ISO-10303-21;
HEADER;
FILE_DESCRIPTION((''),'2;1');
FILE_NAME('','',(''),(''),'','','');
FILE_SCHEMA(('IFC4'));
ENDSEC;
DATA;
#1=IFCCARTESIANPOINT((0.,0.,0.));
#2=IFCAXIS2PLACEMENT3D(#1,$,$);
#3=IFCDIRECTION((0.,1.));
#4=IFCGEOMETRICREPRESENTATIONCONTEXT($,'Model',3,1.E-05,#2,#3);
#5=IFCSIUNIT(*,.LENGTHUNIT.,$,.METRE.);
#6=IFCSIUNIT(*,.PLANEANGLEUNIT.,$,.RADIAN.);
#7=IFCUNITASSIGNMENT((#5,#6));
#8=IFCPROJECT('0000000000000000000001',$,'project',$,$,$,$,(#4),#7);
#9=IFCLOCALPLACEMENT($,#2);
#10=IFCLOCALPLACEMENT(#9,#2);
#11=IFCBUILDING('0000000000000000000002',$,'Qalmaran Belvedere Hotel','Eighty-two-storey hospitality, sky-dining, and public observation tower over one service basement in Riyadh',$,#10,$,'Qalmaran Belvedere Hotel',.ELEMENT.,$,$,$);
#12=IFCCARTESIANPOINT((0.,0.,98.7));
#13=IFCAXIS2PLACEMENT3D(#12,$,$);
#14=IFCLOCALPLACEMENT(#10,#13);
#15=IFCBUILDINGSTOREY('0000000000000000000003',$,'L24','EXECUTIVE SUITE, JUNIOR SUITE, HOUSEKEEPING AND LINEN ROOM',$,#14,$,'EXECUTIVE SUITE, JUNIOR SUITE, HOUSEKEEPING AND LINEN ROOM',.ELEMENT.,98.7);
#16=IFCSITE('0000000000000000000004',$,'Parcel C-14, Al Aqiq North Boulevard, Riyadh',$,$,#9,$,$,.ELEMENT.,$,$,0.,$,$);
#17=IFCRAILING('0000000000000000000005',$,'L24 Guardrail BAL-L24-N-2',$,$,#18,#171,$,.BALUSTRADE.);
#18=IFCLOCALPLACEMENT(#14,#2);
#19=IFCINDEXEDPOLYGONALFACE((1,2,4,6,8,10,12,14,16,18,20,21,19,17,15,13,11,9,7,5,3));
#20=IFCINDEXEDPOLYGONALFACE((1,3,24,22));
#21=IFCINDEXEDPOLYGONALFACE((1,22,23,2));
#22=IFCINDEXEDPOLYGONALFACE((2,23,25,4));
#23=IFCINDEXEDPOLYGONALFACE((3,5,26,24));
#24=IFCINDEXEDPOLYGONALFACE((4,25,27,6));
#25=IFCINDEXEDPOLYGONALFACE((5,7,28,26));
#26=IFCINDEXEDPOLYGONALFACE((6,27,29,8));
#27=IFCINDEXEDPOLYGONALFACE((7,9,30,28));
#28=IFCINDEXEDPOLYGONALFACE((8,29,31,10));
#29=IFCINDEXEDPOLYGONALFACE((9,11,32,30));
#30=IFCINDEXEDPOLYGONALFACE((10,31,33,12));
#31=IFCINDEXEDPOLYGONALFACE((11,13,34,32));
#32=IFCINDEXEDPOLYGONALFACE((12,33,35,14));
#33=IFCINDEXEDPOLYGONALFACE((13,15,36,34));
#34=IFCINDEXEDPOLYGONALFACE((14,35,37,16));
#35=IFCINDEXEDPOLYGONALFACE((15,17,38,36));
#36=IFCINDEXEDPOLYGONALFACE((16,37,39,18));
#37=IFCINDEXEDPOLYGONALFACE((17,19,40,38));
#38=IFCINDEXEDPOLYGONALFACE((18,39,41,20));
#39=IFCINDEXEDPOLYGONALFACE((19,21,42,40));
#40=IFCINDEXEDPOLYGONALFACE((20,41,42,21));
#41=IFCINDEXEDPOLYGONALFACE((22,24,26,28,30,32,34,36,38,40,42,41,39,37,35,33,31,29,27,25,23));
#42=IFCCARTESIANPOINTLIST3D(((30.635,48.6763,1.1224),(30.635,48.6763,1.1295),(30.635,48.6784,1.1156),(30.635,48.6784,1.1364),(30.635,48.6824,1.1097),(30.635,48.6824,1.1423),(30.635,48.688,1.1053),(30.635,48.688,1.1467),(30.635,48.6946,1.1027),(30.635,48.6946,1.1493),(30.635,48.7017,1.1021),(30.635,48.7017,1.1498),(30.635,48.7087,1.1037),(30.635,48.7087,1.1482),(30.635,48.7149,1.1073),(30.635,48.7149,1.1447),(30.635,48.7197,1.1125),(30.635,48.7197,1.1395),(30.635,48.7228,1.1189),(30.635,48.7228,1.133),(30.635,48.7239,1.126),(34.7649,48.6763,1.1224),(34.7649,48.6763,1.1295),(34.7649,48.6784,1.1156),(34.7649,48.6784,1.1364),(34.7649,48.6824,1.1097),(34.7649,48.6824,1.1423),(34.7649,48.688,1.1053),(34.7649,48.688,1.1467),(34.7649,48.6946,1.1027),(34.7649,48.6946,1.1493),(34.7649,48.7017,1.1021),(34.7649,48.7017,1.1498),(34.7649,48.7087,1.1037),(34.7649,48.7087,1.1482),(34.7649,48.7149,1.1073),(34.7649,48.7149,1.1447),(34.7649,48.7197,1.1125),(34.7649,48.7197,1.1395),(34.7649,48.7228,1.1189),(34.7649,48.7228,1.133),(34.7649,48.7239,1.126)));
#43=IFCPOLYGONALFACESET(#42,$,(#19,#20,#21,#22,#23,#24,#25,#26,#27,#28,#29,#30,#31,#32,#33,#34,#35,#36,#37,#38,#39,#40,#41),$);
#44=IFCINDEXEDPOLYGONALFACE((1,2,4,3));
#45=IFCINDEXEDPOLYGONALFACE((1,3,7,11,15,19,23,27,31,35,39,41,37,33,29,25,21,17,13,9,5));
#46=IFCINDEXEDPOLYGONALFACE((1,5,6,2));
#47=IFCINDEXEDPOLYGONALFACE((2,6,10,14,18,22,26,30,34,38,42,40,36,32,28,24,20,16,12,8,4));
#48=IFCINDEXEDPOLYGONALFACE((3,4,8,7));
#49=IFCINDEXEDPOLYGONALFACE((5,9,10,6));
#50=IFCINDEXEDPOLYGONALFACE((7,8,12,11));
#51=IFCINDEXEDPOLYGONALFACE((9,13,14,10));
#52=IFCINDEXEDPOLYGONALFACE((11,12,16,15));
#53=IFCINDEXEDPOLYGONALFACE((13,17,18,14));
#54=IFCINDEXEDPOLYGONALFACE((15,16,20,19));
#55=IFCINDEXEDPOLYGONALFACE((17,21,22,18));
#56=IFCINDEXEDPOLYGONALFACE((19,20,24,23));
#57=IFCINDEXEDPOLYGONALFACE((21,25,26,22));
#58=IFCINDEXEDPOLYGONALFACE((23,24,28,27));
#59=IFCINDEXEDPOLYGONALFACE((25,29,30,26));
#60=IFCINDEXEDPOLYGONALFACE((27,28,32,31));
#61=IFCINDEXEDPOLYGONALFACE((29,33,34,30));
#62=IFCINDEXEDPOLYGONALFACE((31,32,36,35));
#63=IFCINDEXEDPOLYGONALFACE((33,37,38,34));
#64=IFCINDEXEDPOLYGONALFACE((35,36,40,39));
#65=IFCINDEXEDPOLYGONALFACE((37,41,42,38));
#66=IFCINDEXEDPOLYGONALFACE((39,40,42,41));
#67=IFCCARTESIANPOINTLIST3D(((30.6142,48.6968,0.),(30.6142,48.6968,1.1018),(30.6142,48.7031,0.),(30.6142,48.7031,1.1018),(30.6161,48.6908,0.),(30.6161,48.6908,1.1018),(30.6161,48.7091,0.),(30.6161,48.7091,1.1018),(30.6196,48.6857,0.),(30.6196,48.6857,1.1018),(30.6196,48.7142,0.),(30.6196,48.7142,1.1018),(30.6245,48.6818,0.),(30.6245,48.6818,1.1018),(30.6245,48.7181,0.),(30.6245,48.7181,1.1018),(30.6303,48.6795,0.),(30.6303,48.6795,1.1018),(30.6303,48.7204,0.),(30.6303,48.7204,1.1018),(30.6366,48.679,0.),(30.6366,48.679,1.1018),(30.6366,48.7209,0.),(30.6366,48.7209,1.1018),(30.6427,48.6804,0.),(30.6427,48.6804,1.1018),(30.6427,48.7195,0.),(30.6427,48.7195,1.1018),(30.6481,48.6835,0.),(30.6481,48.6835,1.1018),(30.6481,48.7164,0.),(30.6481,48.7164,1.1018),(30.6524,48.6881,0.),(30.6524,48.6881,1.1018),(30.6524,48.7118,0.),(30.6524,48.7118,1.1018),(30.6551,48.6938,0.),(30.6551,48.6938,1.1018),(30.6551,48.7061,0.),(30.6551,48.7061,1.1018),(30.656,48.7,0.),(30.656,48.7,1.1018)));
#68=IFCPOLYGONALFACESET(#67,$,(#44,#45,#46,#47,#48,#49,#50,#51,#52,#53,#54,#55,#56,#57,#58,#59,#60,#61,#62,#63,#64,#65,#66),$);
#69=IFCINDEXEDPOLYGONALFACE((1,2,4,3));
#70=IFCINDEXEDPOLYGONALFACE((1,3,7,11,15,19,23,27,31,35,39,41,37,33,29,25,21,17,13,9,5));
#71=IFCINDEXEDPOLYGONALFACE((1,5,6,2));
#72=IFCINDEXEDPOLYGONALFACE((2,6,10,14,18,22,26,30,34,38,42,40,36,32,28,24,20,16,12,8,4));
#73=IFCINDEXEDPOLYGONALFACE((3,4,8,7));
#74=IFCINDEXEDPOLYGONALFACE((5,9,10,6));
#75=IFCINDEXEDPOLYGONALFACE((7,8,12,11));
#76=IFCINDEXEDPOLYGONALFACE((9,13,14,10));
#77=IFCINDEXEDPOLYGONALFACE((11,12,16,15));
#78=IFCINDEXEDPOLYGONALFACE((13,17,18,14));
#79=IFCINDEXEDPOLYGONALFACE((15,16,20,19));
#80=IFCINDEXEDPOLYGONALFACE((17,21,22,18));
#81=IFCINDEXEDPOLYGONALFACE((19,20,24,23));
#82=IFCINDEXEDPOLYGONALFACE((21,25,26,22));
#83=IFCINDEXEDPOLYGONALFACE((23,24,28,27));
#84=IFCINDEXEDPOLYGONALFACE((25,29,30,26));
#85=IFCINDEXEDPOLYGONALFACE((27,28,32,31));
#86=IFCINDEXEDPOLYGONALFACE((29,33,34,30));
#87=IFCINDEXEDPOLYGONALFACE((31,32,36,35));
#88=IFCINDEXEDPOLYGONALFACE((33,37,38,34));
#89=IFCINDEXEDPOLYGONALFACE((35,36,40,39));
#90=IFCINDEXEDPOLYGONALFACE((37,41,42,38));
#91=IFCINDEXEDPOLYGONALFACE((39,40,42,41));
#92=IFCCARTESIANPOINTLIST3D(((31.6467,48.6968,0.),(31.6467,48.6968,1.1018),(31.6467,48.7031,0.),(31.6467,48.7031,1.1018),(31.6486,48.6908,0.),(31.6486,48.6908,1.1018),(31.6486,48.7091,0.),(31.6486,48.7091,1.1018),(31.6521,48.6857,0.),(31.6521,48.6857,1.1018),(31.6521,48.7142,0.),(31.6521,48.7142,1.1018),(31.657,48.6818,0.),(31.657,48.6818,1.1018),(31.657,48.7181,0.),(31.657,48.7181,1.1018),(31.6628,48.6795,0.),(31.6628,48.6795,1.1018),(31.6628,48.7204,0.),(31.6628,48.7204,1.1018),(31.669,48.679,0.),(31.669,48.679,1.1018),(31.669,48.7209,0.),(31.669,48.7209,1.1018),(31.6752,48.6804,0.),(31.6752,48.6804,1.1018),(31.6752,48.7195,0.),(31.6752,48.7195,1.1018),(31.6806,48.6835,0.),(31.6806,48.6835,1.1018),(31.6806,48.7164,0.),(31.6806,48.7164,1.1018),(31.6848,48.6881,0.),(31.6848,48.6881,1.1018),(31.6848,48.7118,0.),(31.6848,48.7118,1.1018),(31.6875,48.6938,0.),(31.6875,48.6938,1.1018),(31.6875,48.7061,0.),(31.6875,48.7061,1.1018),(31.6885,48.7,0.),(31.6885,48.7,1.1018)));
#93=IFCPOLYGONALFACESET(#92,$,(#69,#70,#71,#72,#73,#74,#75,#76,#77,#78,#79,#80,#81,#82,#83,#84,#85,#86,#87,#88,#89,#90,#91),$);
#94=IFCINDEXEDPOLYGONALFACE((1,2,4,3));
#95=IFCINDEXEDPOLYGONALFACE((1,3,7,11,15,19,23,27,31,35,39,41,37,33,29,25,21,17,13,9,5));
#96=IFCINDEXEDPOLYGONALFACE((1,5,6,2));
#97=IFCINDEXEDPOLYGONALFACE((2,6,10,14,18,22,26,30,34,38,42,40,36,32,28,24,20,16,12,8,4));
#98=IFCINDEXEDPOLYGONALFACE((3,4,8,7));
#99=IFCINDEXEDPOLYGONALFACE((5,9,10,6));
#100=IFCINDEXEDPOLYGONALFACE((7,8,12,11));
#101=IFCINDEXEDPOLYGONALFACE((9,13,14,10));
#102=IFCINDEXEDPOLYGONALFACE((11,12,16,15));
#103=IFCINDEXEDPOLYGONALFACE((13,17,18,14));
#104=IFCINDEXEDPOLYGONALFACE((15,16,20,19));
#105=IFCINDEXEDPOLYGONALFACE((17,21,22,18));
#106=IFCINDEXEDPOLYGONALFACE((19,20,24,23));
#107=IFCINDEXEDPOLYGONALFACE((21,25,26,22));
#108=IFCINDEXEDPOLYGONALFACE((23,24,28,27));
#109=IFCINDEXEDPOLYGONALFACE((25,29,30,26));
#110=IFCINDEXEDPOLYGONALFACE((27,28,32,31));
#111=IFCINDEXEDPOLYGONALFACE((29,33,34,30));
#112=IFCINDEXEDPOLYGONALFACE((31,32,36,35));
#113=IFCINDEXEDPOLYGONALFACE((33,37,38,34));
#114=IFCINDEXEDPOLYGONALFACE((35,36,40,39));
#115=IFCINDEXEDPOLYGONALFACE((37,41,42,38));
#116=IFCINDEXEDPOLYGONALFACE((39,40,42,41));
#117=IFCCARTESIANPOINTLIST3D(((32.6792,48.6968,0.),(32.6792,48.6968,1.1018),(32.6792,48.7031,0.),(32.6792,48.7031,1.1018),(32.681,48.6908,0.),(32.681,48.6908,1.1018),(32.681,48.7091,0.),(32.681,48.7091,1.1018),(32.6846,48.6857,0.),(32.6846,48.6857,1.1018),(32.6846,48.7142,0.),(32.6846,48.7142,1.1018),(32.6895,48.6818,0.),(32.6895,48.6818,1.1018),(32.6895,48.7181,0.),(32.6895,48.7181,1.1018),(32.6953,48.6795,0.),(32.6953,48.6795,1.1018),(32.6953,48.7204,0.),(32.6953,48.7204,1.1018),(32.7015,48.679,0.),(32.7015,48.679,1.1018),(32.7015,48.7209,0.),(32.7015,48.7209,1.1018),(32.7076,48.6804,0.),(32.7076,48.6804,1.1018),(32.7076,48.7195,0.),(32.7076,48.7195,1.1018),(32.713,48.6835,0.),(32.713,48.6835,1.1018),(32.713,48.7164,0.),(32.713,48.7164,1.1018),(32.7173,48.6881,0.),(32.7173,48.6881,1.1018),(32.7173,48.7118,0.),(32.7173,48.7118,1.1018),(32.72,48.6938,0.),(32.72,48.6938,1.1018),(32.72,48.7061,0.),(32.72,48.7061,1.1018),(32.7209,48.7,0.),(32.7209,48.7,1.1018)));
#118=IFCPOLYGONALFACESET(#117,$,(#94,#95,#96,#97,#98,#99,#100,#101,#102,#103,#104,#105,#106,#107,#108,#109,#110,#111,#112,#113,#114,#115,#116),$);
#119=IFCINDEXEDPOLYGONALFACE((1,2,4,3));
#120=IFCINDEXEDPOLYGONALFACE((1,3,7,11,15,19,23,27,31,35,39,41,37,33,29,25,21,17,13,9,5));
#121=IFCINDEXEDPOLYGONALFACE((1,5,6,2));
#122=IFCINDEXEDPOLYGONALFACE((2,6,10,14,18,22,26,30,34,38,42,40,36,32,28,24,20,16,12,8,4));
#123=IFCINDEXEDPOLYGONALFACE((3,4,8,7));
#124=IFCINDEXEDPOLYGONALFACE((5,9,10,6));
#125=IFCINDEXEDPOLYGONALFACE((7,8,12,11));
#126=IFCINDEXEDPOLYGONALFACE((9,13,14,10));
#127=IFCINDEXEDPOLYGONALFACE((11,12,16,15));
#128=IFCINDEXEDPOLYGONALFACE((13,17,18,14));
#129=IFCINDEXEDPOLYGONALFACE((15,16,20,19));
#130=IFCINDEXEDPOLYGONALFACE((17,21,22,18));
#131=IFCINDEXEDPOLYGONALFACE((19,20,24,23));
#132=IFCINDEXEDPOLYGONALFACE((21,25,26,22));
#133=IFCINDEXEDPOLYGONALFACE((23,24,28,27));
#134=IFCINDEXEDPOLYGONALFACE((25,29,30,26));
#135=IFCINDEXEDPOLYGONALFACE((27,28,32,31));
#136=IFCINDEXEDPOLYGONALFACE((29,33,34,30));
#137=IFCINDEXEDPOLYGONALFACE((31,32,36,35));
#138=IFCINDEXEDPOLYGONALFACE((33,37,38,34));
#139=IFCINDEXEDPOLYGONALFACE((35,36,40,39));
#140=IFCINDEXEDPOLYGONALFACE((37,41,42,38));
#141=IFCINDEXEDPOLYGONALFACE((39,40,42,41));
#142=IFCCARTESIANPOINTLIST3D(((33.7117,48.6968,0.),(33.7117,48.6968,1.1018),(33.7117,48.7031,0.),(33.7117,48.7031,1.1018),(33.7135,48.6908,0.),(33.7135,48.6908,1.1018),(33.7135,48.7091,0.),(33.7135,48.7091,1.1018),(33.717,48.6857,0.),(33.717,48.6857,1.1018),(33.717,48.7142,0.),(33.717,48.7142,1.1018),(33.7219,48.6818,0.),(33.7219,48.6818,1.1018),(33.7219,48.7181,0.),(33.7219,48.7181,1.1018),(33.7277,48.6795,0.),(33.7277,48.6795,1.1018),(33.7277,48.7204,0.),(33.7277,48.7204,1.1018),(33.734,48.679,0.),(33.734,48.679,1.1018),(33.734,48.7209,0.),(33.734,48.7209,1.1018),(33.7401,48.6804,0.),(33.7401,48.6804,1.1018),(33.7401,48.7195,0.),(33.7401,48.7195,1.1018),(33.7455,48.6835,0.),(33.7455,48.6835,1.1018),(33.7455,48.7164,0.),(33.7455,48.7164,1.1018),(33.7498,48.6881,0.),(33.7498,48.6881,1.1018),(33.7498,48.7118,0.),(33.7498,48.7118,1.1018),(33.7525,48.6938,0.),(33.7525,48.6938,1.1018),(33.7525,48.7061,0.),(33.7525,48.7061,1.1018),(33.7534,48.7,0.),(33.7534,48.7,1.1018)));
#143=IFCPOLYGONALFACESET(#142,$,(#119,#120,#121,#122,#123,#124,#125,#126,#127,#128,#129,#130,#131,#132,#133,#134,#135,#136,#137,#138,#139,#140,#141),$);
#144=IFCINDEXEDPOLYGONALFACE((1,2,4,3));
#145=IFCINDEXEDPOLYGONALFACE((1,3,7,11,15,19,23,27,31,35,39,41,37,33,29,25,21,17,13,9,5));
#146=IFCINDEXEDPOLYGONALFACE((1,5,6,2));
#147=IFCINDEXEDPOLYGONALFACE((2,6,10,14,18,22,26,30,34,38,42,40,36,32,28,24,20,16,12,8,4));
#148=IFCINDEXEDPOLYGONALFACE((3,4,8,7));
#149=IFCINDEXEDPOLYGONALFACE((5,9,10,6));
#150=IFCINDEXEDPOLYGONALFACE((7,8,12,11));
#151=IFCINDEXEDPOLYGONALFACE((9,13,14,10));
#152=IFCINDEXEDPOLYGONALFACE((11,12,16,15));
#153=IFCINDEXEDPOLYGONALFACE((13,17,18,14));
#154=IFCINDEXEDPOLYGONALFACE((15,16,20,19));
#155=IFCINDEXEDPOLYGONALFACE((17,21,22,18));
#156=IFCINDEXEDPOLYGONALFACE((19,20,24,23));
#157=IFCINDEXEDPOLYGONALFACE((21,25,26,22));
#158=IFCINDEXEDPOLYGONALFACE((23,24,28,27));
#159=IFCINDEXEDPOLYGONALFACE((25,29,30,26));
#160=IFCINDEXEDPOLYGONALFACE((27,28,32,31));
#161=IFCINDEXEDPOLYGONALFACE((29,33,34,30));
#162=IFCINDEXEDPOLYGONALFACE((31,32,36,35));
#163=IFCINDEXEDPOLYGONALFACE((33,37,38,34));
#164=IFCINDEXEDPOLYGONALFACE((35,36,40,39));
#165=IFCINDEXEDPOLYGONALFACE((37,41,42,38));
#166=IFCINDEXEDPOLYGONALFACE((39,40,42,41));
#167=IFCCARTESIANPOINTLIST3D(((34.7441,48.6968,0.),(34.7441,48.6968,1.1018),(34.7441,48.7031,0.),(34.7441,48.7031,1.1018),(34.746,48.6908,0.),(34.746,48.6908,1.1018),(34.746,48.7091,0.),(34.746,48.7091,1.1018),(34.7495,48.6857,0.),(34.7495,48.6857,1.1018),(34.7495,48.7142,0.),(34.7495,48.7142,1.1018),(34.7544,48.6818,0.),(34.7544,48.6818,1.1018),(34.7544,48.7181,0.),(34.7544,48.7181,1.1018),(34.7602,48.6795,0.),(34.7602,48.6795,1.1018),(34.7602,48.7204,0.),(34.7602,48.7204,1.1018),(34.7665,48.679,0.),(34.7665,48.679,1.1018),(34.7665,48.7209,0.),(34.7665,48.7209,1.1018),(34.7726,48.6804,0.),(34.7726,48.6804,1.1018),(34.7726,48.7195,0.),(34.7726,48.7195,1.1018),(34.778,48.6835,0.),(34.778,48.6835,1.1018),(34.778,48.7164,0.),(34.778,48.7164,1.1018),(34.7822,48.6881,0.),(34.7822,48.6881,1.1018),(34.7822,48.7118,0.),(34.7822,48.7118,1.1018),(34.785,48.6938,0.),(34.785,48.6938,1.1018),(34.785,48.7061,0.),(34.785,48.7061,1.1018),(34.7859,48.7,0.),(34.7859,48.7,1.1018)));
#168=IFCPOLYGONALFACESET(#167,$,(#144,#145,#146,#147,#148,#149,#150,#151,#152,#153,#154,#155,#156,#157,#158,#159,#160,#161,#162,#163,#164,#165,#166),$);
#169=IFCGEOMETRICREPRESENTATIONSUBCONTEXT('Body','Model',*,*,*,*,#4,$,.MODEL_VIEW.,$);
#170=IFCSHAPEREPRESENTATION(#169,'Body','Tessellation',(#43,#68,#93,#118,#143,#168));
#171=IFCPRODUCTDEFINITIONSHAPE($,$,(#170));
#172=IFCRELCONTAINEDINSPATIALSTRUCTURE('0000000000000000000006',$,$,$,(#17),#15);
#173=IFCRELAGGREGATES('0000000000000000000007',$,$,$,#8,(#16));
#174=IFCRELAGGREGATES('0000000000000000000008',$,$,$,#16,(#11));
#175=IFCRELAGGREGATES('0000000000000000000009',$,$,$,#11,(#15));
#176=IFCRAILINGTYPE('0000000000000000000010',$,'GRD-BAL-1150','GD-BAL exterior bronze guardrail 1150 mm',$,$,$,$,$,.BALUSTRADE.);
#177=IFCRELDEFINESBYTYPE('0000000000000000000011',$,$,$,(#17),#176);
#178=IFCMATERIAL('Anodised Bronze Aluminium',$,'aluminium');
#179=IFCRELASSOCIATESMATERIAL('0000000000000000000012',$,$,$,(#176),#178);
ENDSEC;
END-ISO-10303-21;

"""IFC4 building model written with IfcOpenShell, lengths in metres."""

from ifc_helpers import new_model, si_unit, direction, frame, origin, origin_2d, place, context, subcontext, project, spatial, circle, extrude, material, type_object, element, save


model = new_model("IFC4")

# Units and contexts
model_context = context("Model", 3, precision=1e-05, world=origin(), true_north=direction((0.0, 1.0)))
body_context = subcontext(model_context, "Body", "Model", "MODEL_VIEW")
ifc_project = project(units=[si_unit("LENGTHUNIT", "METRE"), si_unit("PLANEANGLEUNIT", "RADIAN")], contexts=[model_context])

# Site, building, storey
site_placement = place(None, origin())
site = spatial("IfcSite", under=ifc_project, at=site_placement, Name="Parcel C-14, Al Aqiq North Boulevard, Riyadh", CompositionType="ELEMENT", RefElevation=0.0)
building_placement = place(site_placement, origin())
building = spatial("IfcBuilding", under=site, at=building_placement, Name="Qalmaran Belvedere Hotel", Description="Eighty-two-storey hospitality, sky-dining, and public observation tower over one service basement in Riyadh", LongName="Qalmaran Belvedere Hotel", CompositionType="ELEMENT")
storey_placement = place(building_placement, frame((0.0, 0.0, 98.7)))
storey = spatial("IfcBuildingStorey", under=building, at=storey_placement, Name="L24", Description="EXECUTIVE SUITE, JUNIOR SUITE, HOUSEKEEPING AND LINEN ROOM", LongName="EXECUTIVE SUITE, JUNIOR SUITE, HOUSEKEEPING AND LINEN ROOM", CompositionType="ELEMENT", Elevation=98.7)

# Shared definitions
ifc_material_1 = material(Name="Anodised Bronze Aluminium", Category="aluminium")

# Railing
railing_type = type_object("IfcRailingType", Name="GRD-BAL-1150", Description="GD-BAL exterior bronze guardrail 1150 mm", PredefinedType="BALUSTRADE", material=ifc_material_1)
railing_1_placement = place(storey_placement, frame((30.635, 48.7, 0.0)))
element("IfcRailing", 1, at=railing_1_placement, inside=storey, type_object=railing_type, Name="L24 Guardrail BAL-L24-N-2", PredefinedType="BALUSTRADE", context=body_context, shape_type="SweptSolid", body=[
    extrude(circle(Radius=0.0239, at=origin_2d()), frame((0.0, 0.0, 1.126), z_axis=(1.0, 0.0, 0.0), x_axis=(0.0, 1.0, 0.0)), (0.0, 0.0, 1.0), 4.1299),
    extrude(circle(Radius=0.021, at=origin_2d()), origin(), (0.0, 0.0, 1.0), 1.1018),
    extrude(circle(Radius=0.021, at=origin_2d()), frame((1.0325, 0.0, 0.0)), (0.0, 0.0, 1.0), 1.1018),
    extrude(circle(Radius=0.021, at=origin_2d()), frame((2.0649, 0.0, 0.0)), (0.0, 0.0, 1.0), 1.1018),
    extrude(circle(Radius=0.021, at=origin_2d()), frame((3.0974, 0.0, 0.0)), (0.0, 0.0, 1.0), 1.1018),
    extrude(circle(Radius=0.021, at=origin_2d()), frame((4.1299, 0.0, 0.0)), (0.0, 0.0, 1.0), 1.1018),
])

save(model, "model.ifc")
